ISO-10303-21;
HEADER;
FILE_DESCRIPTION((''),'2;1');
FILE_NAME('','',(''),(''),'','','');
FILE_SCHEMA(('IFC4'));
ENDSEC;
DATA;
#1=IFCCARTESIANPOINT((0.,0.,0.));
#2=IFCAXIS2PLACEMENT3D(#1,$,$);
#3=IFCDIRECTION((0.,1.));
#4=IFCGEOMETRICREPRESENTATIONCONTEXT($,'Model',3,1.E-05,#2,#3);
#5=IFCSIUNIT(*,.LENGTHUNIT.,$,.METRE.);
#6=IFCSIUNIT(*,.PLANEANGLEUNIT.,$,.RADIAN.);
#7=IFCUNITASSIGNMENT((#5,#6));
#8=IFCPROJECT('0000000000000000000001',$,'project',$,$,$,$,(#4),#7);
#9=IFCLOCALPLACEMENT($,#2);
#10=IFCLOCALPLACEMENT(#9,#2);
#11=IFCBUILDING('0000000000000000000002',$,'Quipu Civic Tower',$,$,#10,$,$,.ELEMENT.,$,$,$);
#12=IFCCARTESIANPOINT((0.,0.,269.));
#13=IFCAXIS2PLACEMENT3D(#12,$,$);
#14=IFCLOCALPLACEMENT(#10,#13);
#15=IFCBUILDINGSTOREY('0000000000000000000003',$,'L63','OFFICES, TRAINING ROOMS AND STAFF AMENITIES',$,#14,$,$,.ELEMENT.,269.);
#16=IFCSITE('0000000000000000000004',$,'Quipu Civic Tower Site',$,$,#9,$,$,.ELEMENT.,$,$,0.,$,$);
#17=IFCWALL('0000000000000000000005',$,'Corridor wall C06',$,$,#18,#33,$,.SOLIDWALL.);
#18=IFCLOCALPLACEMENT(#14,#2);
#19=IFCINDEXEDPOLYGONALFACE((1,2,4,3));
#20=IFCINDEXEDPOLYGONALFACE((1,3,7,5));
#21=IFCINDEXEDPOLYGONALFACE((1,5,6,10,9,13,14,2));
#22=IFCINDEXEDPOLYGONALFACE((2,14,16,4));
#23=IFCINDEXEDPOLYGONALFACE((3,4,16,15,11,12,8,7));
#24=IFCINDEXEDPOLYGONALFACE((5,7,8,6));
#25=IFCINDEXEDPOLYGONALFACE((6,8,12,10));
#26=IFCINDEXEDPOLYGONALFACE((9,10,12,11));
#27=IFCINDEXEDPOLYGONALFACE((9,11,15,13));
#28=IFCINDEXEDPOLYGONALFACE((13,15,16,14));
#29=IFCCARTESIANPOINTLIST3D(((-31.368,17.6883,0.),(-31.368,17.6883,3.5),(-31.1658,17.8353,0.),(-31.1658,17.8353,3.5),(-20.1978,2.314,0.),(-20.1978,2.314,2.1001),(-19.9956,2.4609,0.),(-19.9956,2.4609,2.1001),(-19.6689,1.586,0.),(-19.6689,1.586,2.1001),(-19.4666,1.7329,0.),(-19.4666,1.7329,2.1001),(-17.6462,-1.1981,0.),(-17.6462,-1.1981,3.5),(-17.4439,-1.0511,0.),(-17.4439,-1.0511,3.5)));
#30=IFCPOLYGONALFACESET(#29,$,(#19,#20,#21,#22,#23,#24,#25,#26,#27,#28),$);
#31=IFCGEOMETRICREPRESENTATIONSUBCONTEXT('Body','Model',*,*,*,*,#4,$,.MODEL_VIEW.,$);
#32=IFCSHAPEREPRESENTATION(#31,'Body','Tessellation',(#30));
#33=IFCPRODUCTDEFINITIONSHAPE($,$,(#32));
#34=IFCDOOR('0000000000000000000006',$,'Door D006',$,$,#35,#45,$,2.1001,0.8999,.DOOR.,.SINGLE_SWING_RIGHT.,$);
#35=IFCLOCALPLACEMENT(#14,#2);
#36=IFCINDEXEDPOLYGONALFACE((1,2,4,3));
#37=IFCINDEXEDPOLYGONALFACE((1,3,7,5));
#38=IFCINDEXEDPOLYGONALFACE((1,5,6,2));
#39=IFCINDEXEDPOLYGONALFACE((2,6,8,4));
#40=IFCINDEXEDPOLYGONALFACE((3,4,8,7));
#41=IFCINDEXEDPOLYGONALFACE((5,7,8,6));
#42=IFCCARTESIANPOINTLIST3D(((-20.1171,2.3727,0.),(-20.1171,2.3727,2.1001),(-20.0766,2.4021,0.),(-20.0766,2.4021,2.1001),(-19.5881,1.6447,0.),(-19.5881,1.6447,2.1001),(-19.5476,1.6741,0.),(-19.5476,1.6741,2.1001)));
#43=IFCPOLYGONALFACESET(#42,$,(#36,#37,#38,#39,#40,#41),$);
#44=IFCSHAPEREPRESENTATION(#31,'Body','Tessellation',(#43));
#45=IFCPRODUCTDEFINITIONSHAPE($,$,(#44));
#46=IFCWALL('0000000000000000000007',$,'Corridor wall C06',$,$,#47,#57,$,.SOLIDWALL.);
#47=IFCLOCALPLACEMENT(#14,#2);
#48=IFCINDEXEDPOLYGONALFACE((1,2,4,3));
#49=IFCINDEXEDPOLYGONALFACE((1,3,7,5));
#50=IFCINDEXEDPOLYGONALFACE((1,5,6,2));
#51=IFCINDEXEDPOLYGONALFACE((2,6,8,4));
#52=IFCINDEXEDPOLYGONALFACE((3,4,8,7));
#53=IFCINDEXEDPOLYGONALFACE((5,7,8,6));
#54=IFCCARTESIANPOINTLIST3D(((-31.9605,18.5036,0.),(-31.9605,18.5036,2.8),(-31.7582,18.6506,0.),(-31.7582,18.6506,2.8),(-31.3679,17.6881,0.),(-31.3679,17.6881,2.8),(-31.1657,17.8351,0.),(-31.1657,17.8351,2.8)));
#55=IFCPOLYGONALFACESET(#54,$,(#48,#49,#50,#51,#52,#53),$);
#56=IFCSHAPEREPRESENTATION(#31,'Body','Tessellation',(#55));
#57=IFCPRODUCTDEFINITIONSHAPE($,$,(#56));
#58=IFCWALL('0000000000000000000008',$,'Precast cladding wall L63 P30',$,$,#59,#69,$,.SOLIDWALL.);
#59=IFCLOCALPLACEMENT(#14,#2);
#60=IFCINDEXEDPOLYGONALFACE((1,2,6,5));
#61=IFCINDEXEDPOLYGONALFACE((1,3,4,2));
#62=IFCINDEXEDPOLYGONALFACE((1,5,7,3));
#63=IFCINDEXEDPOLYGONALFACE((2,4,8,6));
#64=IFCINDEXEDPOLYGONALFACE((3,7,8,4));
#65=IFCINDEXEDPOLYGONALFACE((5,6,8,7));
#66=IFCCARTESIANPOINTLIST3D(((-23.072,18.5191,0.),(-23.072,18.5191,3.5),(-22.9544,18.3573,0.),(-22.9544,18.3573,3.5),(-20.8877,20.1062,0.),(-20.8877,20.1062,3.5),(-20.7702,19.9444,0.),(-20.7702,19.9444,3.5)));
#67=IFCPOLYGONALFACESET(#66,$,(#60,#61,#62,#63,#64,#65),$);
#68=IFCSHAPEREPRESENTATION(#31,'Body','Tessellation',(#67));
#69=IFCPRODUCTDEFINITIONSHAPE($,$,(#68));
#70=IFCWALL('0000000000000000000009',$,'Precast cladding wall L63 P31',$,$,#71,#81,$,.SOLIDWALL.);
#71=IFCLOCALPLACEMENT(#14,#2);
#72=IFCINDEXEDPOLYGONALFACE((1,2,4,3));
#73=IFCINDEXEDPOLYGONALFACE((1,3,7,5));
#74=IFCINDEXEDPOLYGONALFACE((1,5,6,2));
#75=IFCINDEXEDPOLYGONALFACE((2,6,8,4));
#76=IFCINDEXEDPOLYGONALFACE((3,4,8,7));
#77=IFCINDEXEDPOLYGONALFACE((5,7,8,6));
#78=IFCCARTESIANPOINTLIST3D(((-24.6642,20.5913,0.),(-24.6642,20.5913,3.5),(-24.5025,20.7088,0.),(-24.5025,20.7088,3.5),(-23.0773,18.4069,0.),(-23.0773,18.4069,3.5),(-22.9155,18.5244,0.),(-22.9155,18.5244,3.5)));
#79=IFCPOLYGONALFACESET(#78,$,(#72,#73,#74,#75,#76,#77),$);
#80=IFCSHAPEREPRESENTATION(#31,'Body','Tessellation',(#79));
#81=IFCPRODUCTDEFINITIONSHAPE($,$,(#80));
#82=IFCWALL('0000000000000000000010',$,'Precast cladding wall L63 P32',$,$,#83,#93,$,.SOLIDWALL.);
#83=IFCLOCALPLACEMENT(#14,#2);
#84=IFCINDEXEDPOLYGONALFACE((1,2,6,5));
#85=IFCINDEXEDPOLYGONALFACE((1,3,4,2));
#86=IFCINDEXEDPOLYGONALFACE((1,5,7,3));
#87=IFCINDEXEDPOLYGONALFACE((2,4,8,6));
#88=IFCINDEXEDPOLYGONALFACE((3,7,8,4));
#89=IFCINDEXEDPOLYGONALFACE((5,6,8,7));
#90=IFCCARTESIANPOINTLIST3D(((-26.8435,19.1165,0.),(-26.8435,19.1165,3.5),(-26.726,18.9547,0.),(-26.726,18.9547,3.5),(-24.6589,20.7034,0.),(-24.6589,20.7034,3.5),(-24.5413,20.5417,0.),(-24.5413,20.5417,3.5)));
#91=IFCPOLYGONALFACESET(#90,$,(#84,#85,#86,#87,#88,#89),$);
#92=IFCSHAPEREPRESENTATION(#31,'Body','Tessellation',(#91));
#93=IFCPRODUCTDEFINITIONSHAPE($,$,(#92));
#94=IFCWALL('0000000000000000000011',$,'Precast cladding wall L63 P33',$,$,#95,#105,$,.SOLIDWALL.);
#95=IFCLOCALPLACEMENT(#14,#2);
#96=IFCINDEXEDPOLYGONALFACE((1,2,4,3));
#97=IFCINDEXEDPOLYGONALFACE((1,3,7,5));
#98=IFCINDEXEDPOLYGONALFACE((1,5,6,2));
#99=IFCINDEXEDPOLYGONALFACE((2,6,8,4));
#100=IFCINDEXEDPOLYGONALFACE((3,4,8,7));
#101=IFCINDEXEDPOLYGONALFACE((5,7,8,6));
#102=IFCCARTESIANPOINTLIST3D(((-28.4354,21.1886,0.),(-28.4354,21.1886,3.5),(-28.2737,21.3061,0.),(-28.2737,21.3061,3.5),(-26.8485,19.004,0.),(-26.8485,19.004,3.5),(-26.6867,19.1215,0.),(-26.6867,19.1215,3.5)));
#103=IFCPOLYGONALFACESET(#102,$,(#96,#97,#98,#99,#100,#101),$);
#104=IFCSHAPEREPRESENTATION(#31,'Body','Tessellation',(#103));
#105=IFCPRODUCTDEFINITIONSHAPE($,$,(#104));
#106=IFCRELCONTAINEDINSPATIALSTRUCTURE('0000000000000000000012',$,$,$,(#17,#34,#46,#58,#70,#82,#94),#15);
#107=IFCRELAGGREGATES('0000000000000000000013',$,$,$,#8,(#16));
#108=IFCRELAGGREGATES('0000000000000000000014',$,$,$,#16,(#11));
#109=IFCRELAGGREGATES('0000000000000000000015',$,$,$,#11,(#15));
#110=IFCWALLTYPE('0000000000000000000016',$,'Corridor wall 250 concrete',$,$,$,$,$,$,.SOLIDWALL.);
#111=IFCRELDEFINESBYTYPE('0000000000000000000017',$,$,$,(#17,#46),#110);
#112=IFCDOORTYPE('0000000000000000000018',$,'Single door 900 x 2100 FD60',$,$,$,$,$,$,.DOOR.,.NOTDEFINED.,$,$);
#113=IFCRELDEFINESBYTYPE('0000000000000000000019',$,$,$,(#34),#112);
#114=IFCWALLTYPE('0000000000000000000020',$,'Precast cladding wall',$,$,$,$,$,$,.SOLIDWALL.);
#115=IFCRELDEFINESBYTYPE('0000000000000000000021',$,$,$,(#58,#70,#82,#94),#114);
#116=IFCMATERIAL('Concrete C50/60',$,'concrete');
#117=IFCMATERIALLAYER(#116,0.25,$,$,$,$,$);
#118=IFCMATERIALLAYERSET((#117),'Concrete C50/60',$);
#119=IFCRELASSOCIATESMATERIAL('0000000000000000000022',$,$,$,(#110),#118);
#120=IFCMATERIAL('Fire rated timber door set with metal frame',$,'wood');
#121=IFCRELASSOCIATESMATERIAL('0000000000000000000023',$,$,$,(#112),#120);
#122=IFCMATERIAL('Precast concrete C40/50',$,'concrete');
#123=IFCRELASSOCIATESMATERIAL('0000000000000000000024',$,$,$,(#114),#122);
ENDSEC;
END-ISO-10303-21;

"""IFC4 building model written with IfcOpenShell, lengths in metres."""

from ifc_helpers import new_model, si_unit, direction, frame, frame_2d, origin, place, context, subcontext, project, spatial, rectangle, extrude, material, layer, layer_set, type_object, element, fill, save


model = new_model("IFC4")

# Units and contexts
model_context = context("Model", 3, precision=1e-05, world=origin(), true_north=direction((0.0, 1.0)))
body_context = subcontext(model_context, "Body", "Model", "MODEL_VIEW")
ifc_project = project(units=[si_unit("LENGTHUNIT", "METRE"), si_unit("PLANEANGLEUNIT", "RADIAN")], contexts=[model_context])

# Site, building, storey
site_placement = place(None, origin())
site = spatial("IfcSite", under=ifc_project, at=site_placement, Name="Quipu Civic Tower Site", CompositionType="ELEMENT", RefElevation=0.0)
building_placement = place(site_placement, origin())
building = spatial("IfcBuilding", under=site, at=building_placement, Name="Quipu Civic Tower", CompositionType="ELEMENT")
storey_placement = place(building_placement, frame((0.0, 0.0, 269.0)))
storey = spatial("IfcBuildingStorey", under=building, at=storey_placement, Name="L63", Description="OFFICES, TRAINING ROOMS AND STAFF AMENITIES", CompositionType="ELEMENT", Elevation=269.0)

# Wall, opening, door
ifc_material_1 = material(Name="Concrete C50/60", Category="concrete")
ifc_layer = layer(ifc_material_1, 0.25)
ifc_layer_set = layer_set([ifc_layer], Name="Concrete C50/60")
wall_type_1 = type_object("IfcWallType", Name="Corridor wall 250 concrete", PredefinedType="SOLIDWALL", material=ifc_layer_set)
wall_1_placement = place(storey_placement, frame((-31.2668, 17.7617, 0.0), z_axis=(0.0, 0.0, 1.0), x_axis=(0.587788, -0.809015, 0.0)))
wall_1 = element("IfcWall", 1, at=wall_1_placement, inside=storey, type_object=wall_type_1, Name="Corridor wall C06", PredefinedType="SOLIDWALL", context=body_context, shape_type="SweptSolid", body=[
    extrude(rectangle(XDim=23.345, YDim=0.25, at=frame_2d((11.6724, 0.0))), origin(), (0.0, 0.0, 1.0), 3.5),
])
opening_placement = place(wall_1_placement, frame((19.0037, 0.0, 0.0)))
opening = element("IfcOpeningElement", 2, at=opening_placement, cuts=wall_1, PredefinedType="OPENING", context=body_context, shape_type="SweptSolid", body=[
    extrude(rectangle(XDim=0.8999, YDim=2.1001, at=frame_2d((0.45, 1.05))), frame((0.0, 0.135, 0.0), z_axis=(0.0, -1.0, 0.0), x_axis=(1.0, 0.0, 0.0)), (0.0, 0.0, 1.0), 0.27),
])
ifc_material_2 = material(Name="Fire rated timber door set with metal frame", Category="wood")
door_type = type_object("IfcDoorType", Name="Single door 900 x 2100 FD60", OperationType="NOTDEFINED", PredefinedType="DOOR", material=ifc_material_2)
door_placement = place(opening_placement, origin())
door = element("IfcDoor", 3, at=door_placement, inside=storey, type_object=door_type, Name="Door D006", OperationType="SINGLE_SWING_RIGHT", OverallHeight=2.1001, OverallWidth=0.8999, PredefinedType="DOOR", context=body_context, shape_type="SweptSolid", body=[
    extrude(rectangle(XDim=0.8999, YDim=2.1001, at=frame_2d((0.45, 1.05))), frame((0.0, 0.0249, 0.0), z_axis=(0.0, -1.0, 0.0), x_axis=(1.0, 0.0, 0.0)), (0.0, 0.0, 1.0), 0.05),
])
fill(opening, door)

# Walls
wall_2_placement = place(storey_placement, frame((-31.2668, 17.7617, 0.0), z_axis=(0.0, 0.0, 1.0), x_axis=(-0.58784, 0.808977, 0.0)))
element("IfcWall", 4, at=wall_2_placement, inside=storey, type_object=wall_type_1, Name="Corridor wall C06", PredefinedType="SOLIDWALL", context=body_context, shape_type="SweptSolid", body=[
    extrude(rectangle(XDim=1.0081, YDim=0.25, at=frame_2d((0.5039, 0.0))), origin(), (0.0, 0.0, 1.0), 2.8),
])
ifc_material_3 = material(Name="Precast concrete C40/50", Category="concrete")
wall_type_2 = type_object("IfcWallType", Name="Precast cladding wall", PredefinedType="SOLIDWALL", material=ifc_material_3)
for number, where, z_axis, x_axis, name in (
    (5, (-20.8289, 20.0254, 0.0), (0.0, 0.0, 1.0), (-0.80899, -0.587822, 0.0), "Precast cladding wall L63 P30"),
    (6, (-22.9963, 18.4656, 0.0), (0.0, 0.0, 1.0), (-0.587763, 0.809033, 0.0), "Precast cladding wall L63 P31"),
):
    element("IfcWall", number, at=place(storey_placement, frame(where, z_axis=z_axis, x_axis=x_axis)), inside=storey, type_object=wall_type_2, Name=name, PredefinedType="SOLIDWALL", context=body_context, shape_type="SweptSolid", body=[
        extrude(rectangle(XDim=2.7, YDim=0.2, at=frame_2d((1.3501, 0.0))), origin(), (0.0, 0.0, 1.0), 3.5),
    ])
for number, where, z_axis, x_axis, name in (
    (7, (-24.6001, 20.6226, 0.0), (0.0, 0.0, 1.0), (-0.809064, -0.58772, 0.0), "Precast cladding wall L63 P32"),
    (8, (-26.7676, 19.0627, 0.0), (0.0, 0.0, 1.0), (-0.58772, 0.809064, 0.0), "Precast cladding wall L63 P33"),
):
    element("IfcWall", number, at=place(storey_placement, frame(where, z_axis=z_axis, x_axis=x_axis)), inside=storey, type_object=wall_type_2, Name=name, PredefinedType="SOLIDWALL", context=body_context, shape_type="SweptSolid", body=[
        extrude(rectangle(XDim=2.7002, YDim=0.2, at=frame_2d((1.3501, 0.0))), origin(), (0.0, 0.0, 1.0), 3.5),
    ])

save(model, "model.ifc")
